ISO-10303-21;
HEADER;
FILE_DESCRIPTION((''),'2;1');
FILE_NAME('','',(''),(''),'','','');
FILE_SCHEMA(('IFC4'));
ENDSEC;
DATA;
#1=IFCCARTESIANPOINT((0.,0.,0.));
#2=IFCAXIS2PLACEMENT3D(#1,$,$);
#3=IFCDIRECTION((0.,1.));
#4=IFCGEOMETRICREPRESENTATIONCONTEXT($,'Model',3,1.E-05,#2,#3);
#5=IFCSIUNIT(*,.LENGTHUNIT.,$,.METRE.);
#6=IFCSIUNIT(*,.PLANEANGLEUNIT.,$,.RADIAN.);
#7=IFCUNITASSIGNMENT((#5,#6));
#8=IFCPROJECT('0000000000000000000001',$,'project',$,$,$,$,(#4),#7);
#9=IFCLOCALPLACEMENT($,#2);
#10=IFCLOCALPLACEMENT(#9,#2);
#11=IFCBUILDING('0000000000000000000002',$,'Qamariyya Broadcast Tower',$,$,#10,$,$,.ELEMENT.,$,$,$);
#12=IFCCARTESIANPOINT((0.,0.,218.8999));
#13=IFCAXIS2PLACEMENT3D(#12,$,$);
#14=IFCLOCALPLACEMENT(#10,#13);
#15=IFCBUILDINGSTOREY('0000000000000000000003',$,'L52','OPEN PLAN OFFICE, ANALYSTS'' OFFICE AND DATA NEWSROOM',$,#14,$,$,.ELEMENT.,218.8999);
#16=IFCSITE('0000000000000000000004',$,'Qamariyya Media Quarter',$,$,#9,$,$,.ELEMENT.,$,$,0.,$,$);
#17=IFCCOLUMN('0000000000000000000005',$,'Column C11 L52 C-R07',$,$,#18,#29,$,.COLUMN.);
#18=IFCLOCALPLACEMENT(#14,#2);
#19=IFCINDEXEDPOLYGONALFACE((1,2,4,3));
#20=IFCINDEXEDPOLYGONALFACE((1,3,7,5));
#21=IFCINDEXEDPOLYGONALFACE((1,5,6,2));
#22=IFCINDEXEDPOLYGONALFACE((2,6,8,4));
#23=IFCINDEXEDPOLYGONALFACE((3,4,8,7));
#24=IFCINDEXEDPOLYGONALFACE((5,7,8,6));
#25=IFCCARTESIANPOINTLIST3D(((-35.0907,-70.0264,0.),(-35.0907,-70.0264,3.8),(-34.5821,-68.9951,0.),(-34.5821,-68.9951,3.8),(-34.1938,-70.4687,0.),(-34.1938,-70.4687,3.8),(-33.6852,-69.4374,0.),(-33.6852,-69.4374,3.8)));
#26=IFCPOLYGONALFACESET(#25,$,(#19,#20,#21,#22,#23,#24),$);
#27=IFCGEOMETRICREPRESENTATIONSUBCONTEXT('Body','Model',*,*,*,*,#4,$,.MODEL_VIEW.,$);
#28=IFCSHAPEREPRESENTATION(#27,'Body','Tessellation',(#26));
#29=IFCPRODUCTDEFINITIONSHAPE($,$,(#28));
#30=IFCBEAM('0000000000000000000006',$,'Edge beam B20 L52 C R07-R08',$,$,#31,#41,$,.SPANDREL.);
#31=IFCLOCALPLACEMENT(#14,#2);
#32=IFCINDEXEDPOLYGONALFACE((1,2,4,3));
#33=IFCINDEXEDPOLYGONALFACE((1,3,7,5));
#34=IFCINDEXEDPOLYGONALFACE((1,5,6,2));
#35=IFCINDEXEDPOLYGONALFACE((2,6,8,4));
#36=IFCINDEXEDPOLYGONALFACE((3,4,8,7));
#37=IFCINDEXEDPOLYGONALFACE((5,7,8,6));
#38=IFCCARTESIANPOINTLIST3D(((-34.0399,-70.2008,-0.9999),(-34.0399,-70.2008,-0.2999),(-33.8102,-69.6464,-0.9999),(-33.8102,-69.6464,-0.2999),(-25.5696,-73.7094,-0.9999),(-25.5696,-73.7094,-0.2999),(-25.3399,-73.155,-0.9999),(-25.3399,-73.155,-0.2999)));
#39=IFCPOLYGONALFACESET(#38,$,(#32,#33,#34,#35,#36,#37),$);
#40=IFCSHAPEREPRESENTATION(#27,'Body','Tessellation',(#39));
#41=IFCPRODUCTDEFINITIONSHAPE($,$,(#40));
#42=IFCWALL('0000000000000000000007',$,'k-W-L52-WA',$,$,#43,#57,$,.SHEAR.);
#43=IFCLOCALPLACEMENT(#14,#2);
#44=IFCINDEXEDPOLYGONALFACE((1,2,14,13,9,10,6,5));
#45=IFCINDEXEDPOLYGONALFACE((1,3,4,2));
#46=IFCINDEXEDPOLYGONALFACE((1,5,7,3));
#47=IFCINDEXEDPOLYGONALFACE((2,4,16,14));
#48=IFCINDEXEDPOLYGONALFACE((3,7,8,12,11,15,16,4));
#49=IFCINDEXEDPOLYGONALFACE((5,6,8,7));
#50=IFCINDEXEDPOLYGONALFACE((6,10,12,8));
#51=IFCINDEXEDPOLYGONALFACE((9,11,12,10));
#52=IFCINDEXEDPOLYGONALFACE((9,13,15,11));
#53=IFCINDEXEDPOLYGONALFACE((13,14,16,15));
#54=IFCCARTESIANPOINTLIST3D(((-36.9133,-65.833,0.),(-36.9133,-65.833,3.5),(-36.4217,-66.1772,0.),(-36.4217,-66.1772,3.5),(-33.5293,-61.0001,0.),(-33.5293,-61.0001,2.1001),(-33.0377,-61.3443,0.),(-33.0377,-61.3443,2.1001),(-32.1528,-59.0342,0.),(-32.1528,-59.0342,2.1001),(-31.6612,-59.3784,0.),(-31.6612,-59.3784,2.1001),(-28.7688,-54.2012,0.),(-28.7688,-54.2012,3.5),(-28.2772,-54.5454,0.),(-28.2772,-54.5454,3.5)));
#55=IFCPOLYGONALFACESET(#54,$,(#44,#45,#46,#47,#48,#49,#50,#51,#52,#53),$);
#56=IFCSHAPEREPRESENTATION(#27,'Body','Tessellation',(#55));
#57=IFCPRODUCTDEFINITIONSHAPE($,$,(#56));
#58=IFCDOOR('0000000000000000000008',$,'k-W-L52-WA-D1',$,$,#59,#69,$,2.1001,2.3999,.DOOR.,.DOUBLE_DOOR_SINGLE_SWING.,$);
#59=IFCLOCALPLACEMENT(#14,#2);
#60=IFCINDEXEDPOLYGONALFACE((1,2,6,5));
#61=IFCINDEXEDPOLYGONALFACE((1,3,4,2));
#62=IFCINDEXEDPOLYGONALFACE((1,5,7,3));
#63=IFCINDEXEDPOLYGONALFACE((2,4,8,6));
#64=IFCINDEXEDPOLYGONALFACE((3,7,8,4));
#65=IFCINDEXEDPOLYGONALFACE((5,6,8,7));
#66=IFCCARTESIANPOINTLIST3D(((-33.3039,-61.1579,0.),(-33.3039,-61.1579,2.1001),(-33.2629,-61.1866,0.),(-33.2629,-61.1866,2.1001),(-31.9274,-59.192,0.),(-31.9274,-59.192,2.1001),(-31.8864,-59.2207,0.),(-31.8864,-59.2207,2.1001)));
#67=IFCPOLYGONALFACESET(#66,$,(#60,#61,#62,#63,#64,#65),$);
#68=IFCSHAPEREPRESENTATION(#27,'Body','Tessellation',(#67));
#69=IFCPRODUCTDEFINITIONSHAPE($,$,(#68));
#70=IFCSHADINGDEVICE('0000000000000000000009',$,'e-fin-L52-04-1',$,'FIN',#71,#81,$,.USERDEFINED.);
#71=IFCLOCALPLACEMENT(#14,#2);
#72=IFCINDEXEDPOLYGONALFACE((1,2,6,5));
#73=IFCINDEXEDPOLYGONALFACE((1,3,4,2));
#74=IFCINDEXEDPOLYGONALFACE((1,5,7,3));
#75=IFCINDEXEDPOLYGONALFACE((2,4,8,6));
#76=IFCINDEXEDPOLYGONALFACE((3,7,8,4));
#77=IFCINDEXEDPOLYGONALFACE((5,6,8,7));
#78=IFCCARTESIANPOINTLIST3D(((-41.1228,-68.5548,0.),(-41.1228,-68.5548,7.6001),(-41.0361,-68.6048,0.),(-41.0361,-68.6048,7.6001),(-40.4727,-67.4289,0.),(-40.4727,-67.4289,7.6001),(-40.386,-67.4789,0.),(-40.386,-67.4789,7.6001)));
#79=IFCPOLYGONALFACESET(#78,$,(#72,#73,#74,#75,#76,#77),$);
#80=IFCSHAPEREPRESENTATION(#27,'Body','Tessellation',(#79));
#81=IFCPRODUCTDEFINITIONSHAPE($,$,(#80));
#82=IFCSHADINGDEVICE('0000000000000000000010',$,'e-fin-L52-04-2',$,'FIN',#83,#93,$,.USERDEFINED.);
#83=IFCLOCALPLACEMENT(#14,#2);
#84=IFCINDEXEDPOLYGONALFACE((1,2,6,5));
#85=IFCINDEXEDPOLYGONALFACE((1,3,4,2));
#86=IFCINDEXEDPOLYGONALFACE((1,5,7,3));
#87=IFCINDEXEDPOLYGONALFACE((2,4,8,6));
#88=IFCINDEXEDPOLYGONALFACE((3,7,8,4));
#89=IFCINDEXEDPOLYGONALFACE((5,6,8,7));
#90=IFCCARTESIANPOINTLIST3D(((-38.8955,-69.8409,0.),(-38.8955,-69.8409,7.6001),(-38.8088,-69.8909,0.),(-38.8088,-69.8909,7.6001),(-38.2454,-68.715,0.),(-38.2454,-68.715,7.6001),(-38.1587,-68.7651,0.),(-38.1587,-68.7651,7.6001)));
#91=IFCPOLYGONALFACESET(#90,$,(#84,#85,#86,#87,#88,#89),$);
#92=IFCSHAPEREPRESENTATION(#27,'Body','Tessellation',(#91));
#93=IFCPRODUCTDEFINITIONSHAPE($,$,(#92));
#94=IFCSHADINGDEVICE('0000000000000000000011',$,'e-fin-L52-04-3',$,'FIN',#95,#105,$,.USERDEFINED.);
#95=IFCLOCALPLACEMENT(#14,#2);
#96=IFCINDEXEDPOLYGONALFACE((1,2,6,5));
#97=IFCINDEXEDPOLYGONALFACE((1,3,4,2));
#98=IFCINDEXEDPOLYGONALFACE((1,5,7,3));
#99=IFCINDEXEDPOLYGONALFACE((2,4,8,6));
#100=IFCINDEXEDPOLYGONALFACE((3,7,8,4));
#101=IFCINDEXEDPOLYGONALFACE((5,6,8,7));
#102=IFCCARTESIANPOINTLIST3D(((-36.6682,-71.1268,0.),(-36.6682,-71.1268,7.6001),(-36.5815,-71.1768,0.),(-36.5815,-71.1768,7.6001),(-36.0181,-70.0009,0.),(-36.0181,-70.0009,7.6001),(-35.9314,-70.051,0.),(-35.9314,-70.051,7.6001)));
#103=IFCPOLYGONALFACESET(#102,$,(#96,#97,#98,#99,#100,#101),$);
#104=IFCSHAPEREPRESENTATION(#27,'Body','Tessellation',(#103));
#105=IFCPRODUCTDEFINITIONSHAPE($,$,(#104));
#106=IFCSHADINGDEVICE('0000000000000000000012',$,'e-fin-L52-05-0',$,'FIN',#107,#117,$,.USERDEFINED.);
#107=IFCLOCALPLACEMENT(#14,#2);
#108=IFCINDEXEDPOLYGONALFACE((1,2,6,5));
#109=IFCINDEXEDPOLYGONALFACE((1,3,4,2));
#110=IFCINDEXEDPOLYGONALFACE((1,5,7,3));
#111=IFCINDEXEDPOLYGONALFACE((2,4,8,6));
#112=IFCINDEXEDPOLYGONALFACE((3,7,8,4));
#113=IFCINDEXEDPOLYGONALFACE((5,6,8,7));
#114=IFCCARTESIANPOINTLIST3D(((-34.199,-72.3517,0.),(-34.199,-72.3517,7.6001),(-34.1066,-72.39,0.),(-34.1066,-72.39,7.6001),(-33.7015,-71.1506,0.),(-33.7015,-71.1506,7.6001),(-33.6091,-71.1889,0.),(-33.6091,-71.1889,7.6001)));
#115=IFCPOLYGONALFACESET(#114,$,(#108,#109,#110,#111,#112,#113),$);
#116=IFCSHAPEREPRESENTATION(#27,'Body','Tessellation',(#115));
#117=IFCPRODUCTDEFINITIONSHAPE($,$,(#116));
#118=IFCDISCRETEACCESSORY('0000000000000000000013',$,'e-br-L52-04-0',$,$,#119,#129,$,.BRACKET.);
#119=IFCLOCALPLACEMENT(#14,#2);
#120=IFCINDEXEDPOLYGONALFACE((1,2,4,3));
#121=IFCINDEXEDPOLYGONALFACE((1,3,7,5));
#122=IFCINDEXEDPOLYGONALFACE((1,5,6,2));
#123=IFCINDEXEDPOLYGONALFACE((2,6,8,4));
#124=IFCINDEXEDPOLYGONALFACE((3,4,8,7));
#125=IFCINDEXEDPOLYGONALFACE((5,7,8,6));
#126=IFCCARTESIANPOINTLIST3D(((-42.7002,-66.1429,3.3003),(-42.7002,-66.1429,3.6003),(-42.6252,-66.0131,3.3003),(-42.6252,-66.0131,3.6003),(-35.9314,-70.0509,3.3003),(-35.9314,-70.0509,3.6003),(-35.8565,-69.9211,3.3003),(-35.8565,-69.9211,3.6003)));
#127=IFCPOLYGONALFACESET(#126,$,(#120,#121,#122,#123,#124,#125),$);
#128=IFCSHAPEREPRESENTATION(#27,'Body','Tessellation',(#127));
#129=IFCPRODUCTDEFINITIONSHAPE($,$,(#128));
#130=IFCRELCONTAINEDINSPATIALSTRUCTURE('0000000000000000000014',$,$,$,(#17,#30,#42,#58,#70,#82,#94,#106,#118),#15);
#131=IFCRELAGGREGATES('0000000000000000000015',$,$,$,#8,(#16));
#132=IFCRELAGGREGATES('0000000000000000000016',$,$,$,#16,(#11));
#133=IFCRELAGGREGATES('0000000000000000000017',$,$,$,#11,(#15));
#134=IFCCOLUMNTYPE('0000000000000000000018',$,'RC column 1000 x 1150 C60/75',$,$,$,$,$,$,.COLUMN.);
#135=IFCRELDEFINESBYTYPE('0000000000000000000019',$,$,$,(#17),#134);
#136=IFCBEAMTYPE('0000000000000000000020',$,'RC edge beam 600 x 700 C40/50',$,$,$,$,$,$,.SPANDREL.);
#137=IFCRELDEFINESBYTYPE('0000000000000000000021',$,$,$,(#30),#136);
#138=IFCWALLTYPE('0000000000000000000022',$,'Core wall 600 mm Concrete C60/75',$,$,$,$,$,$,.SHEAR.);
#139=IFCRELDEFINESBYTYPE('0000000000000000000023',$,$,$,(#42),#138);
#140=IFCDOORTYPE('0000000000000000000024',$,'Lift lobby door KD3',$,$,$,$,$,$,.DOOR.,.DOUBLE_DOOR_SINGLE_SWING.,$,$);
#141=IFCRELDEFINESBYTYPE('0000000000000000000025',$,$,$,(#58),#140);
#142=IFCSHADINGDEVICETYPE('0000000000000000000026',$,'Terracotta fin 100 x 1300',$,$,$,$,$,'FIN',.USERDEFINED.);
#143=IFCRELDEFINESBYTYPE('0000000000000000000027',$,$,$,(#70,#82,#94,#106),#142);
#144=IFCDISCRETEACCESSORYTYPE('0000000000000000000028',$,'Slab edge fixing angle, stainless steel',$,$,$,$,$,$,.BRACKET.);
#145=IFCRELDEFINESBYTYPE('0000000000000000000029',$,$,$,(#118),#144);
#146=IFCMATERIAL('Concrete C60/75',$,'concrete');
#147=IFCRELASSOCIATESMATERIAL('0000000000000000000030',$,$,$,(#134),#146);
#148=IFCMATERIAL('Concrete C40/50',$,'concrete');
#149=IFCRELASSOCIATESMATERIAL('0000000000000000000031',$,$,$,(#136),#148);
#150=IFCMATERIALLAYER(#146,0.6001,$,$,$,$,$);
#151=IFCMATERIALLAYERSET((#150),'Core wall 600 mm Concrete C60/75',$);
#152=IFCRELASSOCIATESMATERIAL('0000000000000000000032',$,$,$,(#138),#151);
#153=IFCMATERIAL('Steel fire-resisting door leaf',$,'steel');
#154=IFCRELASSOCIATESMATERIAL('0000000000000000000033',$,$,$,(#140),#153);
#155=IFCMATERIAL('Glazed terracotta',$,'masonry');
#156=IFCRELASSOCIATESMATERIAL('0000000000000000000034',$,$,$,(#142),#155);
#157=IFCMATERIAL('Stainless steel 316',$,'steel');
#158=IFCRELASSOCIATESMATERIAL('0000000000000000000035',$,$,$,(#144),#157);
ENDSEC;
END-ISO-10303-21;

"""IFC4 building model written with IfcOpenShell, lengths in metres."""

from ifc_helpers import new_model, si_unit, direction, frame, frame_2d, origin, origin_2d, place, context, subcontext, project, spatial, rectangle, extrude, material, layer, layer_set, material_profile, profile_set, type_object, element, fill, save


model = new_model("IFC4")

# Units and contexts
model_context = context("Model", 3, precision=1e-05, world=origin(), true_north=direction((0.0, 1.0)))
body_context = subcontext(model_context, "Body", "Model", "MODEL_VIEW")
ifc_project = project(units=[si_unit("LENGTHUNIT", "METRE"), si_unit("PLANEANGLEUNIT", "RADIAN")], contexts=[model_context])

# Site, building, storey
site_placement = place(None, origin())
site = spatial("IfcSite", under=ifc_project, at=site_placement, Name="Qamariyya Media Quarter", CompositionType="ELEMENT", RefElevation=0.0)
building_placement = place(site_placement, origin())
building = spatial("IfcBuilding", under=site, at=building_placement, Name="Qamariyya Broadcast Tower", CompositionType="ELEMENT")
storey_placement = place(building_placement, frame((0.0, 0.0, 218.8999)))
storey = spatial("IfcBuildingStorey", under=building, at=storey_placement, Name="L52", Description="OPEN PLAN OFFICE, ANALYSTS' OFFICE AND DATA NEWSROOM", CompositionType="ELEMENT", Elevation=218.8999)

# Column
ifc_material_1 = material(Name="Concrete C60/75", Category="concrete")
ifc_material_profile_1 = material_profile(ifc_material_1, rectangle(XDim=1.0, YDim=1.1499, at=origin_2d()))
ifc_profile_set_1 = profile_set([ifc_material_profile_1], Name="Concrete C60/75")
column_type = type_object("IfcColumnType", Name="RC column 1000 x 1150 C60/75", PredefinedType="COLUMN", material=ifc_profile_set_1)
column_placement = place(storey_placement, frame((-34.3879, -69.7319, 0.0), z_axis=(0.0, 0.0, 1.0), x_axis=(0.896873, -0.442289, 0.0)))
element("IfcColumn", 1, at=column_placement, inside=storey, type_object=column_type, Name="Column C11 L52 C-R07", PredefinedType="COLUMN", context=body_context, shape_type="SweptSolid", body=[
    extrude(rectangle(XDim=1.0, YDim=1.1499, at=origin_2d()), origin(), (0.0, 0.0, 1.0), 3.8),
])

# Beam
ifc_material_2 = material(Name="Concrete C40/50", Category="concrete")
ifc_material_profile_2 = material_profile(ifc_material_2, rectangle(XDim=0.6001, YDim=0.7, at=origin_2d()))
ifc_profile_set_2 = profile_set([ifc_material_profile_2], Name="Concrete C40/50")
beam_type = type_object("IfcBeamType", Name="RC edge beam 600 x 700 C40/50", PredefinedType="SPANDREL", material=ifc_profile_set_2)
beam_placement = place(storey_placement, frame((-33.925, -69.9236, -0.6499), z_axis=(0.923877, -0.38269, 0.0), x_axis=(0.38269, 0.923877, 0.0)))
element("IfcBeam", 2, at=beam_placement, inside=storey, type_object=beam_type, Name="Edge beam B20 L52 C R07-R08", PredefinedType="SPANDREL", context=body_context, shape_type="SweptSolid", body=[
    extrude(rectangle(XDim=0.6001, YDim=0.7, at=origin_2d()), origin(), (0.0, 0.0, 1.0), 9.1682),
])

# Wall, opening, door
ifc_layer = layer(ifc_material_1, 0.6001)
ifc_layer_set = layer_set([ifc_layer], Name="Core wall 600 mm Concrete C60/75")
wall_type = type_object("IfcWallType", Name="Core wall 600 mm Concrete C60/75", PredefinedType="SHEAR", material=ifc_layer_set)
wall_placement = place(storey_placement, frame((-36.6675, -66.0051, 0.0), z_axis=(0.0, 0.0, 1.0), x_axis=(0.573568, 0.819158, 0.0)))
wall = element("IfcWall", 3, at=wall_placement, inside=storey, type_object=wall_type, Name="k-W-L52-WA", PredefinedType="SHEAR", context=body_context, shape_type="SweptSolid", body=[
    extrude(rectangle(XDim=14.1997, YDim=0.6001, at=frame_2d((7.0999, 0.0))), origin(), (0.0, 0.0, 1.0), 3.5),
])
opening_placement = place(wall_placement, frame((5.8999, 0.0, 0.0)))
opening = element("IfcOpeningElement", 4, at=opening_placement, cuts=wall, PredefinedType="OPENING", context=body_context, shape_type="SweptSolid", body=[
    extrude(rectangle(XDim=2.3999, YDim=2.1001, at=frame_2d((1.2, 1.05))), frame((0.0, 0.3101, 0.0), z_axis=(0.0, -1.0, 0.0), x_axis=(1.0, 0.0, 0.0)), (0.0, 0.0, 1.0), 0.6201),
])
ifc_material_3 = material(Name="Steel fire-resisting door leaf", Category="steel")
door_type = type_object("IfcDoorType", Name="Lift lobby door KD3", OperationType="DOUBLE_DOOR_SINGLE_SWING", PredefinedType="DOOR", material=ifc_material_3)
door_placement = place(opening_placement, origin())
door = element("IfcDoor", 5, at=door_placement, inside=storey, type_object=door_type, Name="k-W-L52-WA-D1", OperationType="DOUBLE_DOOR_SINGLE_SWING", OverallHeight=2.1001, OverallWidth=2.3999, PredefinedType="DOOR", context=body_context, shape_type="SweptSolid", body=[
    extrude(rectangle(XDim=2.3999, YDim=2.1001, at=frame_2d((1.2, 1.05))), frame((0.0, 0.0249, 0.0), z_axis=(0.0, -1.0, 0.0), x_axis=(1.0, 0.0, 0.0)), (0.0, 0.0, 1.0), 0.05),
])
fill(opening, door)

# Shading devices
ifc_material_4 = material(Name="Glazed terracotta", Category="masonry")
ifc_material_profile_3 = material_profile(ifc_material_4, rectangle(XDim=1.3, YDim=0.1001, at=origin_2d()))
ifc_profile_set_3 = profile_set([ifc_material_profile_3], Name="Glazed terracotta")
shading_device_type_1 = type_object("IfcShadingDeviceType", Name="Terracotta fin 100 x 1300", ElementType="FIN", PredefinedType="USERDEFINED", material=ifc_profile_set_3)
for number, where, z_axis, x_axis, name in (
    (6, (-40.7544, -68.0168, 0.0), (0.0, 0.0, 1.0), (-0.5, -0.866025, 0.0), "e-fin-L52-04-1"),
    (7, (-38.5271, -69.303, 0.0), (0.0, 0.0, 1.0), (-0.5, -0.866025, 0.0), "e-fin-L52-04-2"),
    (8, (-36.2998, -70.5889, 0.0), (0.0, 0.0, 1.0), (-0.5, -0.866025, 0.0), "e-fin-L52-04-3"),
    (9, (-33.9041, -71.7703, 0.0), (0.0, 0.0, 1.0), (-0.382683, -0.92388, 0.0), "e-fin-L52-05-0"),
):
    element("IfcShadingDevice", number, at=place(storey_placement, frame(where, z_axis=z_axis, x_axis=x_axis)), inside=storey, type_object=shading_device_type_1, Name=name, ObjectType="FIN", PredefinedType="USERDEFINED", context=body_context, shape_type="SweptSolid", body=[
        extrude(rectangle(XDim=1.3, YDim=0.1001, at=origin_2d()), origin(), (0.0, 0.0, 1.0), 7.6001),
    ])

# Discrete accessory
ifc_material_5 = material(Name="Stainless steel 316", Category="steel")
discrete_accessory_type = type_object("IfcDiscreteAccessoryType", Name="Slab edge fixing angle, stainless steel", PredefinedType="BRACKET", material=ifc_material_5)
discrete_accessory_placement = place(storey_placement, frame((-39.2783, -68.032, 3.3003), z_axis=(0.0, 0.0, 1.0), x_axis=(0.866025, -0.5, 0.0)))
element("IfcDiscreteAccessory", 10, at=discrete_accessory_placement, inside=storey, type_object=discrete_accessory_type, Name="e-br-L52-04-0", PredefinedType="BRACKET", context=body_context, shape_type="SweptSolid", body=[
    extrude(rectangle(XDim=7.8159, YDim=0.1499, at=origin_2d()), origin(), (0.0, 0.0, 1.0), 0.3),
])

save(model, "model.ifc")
